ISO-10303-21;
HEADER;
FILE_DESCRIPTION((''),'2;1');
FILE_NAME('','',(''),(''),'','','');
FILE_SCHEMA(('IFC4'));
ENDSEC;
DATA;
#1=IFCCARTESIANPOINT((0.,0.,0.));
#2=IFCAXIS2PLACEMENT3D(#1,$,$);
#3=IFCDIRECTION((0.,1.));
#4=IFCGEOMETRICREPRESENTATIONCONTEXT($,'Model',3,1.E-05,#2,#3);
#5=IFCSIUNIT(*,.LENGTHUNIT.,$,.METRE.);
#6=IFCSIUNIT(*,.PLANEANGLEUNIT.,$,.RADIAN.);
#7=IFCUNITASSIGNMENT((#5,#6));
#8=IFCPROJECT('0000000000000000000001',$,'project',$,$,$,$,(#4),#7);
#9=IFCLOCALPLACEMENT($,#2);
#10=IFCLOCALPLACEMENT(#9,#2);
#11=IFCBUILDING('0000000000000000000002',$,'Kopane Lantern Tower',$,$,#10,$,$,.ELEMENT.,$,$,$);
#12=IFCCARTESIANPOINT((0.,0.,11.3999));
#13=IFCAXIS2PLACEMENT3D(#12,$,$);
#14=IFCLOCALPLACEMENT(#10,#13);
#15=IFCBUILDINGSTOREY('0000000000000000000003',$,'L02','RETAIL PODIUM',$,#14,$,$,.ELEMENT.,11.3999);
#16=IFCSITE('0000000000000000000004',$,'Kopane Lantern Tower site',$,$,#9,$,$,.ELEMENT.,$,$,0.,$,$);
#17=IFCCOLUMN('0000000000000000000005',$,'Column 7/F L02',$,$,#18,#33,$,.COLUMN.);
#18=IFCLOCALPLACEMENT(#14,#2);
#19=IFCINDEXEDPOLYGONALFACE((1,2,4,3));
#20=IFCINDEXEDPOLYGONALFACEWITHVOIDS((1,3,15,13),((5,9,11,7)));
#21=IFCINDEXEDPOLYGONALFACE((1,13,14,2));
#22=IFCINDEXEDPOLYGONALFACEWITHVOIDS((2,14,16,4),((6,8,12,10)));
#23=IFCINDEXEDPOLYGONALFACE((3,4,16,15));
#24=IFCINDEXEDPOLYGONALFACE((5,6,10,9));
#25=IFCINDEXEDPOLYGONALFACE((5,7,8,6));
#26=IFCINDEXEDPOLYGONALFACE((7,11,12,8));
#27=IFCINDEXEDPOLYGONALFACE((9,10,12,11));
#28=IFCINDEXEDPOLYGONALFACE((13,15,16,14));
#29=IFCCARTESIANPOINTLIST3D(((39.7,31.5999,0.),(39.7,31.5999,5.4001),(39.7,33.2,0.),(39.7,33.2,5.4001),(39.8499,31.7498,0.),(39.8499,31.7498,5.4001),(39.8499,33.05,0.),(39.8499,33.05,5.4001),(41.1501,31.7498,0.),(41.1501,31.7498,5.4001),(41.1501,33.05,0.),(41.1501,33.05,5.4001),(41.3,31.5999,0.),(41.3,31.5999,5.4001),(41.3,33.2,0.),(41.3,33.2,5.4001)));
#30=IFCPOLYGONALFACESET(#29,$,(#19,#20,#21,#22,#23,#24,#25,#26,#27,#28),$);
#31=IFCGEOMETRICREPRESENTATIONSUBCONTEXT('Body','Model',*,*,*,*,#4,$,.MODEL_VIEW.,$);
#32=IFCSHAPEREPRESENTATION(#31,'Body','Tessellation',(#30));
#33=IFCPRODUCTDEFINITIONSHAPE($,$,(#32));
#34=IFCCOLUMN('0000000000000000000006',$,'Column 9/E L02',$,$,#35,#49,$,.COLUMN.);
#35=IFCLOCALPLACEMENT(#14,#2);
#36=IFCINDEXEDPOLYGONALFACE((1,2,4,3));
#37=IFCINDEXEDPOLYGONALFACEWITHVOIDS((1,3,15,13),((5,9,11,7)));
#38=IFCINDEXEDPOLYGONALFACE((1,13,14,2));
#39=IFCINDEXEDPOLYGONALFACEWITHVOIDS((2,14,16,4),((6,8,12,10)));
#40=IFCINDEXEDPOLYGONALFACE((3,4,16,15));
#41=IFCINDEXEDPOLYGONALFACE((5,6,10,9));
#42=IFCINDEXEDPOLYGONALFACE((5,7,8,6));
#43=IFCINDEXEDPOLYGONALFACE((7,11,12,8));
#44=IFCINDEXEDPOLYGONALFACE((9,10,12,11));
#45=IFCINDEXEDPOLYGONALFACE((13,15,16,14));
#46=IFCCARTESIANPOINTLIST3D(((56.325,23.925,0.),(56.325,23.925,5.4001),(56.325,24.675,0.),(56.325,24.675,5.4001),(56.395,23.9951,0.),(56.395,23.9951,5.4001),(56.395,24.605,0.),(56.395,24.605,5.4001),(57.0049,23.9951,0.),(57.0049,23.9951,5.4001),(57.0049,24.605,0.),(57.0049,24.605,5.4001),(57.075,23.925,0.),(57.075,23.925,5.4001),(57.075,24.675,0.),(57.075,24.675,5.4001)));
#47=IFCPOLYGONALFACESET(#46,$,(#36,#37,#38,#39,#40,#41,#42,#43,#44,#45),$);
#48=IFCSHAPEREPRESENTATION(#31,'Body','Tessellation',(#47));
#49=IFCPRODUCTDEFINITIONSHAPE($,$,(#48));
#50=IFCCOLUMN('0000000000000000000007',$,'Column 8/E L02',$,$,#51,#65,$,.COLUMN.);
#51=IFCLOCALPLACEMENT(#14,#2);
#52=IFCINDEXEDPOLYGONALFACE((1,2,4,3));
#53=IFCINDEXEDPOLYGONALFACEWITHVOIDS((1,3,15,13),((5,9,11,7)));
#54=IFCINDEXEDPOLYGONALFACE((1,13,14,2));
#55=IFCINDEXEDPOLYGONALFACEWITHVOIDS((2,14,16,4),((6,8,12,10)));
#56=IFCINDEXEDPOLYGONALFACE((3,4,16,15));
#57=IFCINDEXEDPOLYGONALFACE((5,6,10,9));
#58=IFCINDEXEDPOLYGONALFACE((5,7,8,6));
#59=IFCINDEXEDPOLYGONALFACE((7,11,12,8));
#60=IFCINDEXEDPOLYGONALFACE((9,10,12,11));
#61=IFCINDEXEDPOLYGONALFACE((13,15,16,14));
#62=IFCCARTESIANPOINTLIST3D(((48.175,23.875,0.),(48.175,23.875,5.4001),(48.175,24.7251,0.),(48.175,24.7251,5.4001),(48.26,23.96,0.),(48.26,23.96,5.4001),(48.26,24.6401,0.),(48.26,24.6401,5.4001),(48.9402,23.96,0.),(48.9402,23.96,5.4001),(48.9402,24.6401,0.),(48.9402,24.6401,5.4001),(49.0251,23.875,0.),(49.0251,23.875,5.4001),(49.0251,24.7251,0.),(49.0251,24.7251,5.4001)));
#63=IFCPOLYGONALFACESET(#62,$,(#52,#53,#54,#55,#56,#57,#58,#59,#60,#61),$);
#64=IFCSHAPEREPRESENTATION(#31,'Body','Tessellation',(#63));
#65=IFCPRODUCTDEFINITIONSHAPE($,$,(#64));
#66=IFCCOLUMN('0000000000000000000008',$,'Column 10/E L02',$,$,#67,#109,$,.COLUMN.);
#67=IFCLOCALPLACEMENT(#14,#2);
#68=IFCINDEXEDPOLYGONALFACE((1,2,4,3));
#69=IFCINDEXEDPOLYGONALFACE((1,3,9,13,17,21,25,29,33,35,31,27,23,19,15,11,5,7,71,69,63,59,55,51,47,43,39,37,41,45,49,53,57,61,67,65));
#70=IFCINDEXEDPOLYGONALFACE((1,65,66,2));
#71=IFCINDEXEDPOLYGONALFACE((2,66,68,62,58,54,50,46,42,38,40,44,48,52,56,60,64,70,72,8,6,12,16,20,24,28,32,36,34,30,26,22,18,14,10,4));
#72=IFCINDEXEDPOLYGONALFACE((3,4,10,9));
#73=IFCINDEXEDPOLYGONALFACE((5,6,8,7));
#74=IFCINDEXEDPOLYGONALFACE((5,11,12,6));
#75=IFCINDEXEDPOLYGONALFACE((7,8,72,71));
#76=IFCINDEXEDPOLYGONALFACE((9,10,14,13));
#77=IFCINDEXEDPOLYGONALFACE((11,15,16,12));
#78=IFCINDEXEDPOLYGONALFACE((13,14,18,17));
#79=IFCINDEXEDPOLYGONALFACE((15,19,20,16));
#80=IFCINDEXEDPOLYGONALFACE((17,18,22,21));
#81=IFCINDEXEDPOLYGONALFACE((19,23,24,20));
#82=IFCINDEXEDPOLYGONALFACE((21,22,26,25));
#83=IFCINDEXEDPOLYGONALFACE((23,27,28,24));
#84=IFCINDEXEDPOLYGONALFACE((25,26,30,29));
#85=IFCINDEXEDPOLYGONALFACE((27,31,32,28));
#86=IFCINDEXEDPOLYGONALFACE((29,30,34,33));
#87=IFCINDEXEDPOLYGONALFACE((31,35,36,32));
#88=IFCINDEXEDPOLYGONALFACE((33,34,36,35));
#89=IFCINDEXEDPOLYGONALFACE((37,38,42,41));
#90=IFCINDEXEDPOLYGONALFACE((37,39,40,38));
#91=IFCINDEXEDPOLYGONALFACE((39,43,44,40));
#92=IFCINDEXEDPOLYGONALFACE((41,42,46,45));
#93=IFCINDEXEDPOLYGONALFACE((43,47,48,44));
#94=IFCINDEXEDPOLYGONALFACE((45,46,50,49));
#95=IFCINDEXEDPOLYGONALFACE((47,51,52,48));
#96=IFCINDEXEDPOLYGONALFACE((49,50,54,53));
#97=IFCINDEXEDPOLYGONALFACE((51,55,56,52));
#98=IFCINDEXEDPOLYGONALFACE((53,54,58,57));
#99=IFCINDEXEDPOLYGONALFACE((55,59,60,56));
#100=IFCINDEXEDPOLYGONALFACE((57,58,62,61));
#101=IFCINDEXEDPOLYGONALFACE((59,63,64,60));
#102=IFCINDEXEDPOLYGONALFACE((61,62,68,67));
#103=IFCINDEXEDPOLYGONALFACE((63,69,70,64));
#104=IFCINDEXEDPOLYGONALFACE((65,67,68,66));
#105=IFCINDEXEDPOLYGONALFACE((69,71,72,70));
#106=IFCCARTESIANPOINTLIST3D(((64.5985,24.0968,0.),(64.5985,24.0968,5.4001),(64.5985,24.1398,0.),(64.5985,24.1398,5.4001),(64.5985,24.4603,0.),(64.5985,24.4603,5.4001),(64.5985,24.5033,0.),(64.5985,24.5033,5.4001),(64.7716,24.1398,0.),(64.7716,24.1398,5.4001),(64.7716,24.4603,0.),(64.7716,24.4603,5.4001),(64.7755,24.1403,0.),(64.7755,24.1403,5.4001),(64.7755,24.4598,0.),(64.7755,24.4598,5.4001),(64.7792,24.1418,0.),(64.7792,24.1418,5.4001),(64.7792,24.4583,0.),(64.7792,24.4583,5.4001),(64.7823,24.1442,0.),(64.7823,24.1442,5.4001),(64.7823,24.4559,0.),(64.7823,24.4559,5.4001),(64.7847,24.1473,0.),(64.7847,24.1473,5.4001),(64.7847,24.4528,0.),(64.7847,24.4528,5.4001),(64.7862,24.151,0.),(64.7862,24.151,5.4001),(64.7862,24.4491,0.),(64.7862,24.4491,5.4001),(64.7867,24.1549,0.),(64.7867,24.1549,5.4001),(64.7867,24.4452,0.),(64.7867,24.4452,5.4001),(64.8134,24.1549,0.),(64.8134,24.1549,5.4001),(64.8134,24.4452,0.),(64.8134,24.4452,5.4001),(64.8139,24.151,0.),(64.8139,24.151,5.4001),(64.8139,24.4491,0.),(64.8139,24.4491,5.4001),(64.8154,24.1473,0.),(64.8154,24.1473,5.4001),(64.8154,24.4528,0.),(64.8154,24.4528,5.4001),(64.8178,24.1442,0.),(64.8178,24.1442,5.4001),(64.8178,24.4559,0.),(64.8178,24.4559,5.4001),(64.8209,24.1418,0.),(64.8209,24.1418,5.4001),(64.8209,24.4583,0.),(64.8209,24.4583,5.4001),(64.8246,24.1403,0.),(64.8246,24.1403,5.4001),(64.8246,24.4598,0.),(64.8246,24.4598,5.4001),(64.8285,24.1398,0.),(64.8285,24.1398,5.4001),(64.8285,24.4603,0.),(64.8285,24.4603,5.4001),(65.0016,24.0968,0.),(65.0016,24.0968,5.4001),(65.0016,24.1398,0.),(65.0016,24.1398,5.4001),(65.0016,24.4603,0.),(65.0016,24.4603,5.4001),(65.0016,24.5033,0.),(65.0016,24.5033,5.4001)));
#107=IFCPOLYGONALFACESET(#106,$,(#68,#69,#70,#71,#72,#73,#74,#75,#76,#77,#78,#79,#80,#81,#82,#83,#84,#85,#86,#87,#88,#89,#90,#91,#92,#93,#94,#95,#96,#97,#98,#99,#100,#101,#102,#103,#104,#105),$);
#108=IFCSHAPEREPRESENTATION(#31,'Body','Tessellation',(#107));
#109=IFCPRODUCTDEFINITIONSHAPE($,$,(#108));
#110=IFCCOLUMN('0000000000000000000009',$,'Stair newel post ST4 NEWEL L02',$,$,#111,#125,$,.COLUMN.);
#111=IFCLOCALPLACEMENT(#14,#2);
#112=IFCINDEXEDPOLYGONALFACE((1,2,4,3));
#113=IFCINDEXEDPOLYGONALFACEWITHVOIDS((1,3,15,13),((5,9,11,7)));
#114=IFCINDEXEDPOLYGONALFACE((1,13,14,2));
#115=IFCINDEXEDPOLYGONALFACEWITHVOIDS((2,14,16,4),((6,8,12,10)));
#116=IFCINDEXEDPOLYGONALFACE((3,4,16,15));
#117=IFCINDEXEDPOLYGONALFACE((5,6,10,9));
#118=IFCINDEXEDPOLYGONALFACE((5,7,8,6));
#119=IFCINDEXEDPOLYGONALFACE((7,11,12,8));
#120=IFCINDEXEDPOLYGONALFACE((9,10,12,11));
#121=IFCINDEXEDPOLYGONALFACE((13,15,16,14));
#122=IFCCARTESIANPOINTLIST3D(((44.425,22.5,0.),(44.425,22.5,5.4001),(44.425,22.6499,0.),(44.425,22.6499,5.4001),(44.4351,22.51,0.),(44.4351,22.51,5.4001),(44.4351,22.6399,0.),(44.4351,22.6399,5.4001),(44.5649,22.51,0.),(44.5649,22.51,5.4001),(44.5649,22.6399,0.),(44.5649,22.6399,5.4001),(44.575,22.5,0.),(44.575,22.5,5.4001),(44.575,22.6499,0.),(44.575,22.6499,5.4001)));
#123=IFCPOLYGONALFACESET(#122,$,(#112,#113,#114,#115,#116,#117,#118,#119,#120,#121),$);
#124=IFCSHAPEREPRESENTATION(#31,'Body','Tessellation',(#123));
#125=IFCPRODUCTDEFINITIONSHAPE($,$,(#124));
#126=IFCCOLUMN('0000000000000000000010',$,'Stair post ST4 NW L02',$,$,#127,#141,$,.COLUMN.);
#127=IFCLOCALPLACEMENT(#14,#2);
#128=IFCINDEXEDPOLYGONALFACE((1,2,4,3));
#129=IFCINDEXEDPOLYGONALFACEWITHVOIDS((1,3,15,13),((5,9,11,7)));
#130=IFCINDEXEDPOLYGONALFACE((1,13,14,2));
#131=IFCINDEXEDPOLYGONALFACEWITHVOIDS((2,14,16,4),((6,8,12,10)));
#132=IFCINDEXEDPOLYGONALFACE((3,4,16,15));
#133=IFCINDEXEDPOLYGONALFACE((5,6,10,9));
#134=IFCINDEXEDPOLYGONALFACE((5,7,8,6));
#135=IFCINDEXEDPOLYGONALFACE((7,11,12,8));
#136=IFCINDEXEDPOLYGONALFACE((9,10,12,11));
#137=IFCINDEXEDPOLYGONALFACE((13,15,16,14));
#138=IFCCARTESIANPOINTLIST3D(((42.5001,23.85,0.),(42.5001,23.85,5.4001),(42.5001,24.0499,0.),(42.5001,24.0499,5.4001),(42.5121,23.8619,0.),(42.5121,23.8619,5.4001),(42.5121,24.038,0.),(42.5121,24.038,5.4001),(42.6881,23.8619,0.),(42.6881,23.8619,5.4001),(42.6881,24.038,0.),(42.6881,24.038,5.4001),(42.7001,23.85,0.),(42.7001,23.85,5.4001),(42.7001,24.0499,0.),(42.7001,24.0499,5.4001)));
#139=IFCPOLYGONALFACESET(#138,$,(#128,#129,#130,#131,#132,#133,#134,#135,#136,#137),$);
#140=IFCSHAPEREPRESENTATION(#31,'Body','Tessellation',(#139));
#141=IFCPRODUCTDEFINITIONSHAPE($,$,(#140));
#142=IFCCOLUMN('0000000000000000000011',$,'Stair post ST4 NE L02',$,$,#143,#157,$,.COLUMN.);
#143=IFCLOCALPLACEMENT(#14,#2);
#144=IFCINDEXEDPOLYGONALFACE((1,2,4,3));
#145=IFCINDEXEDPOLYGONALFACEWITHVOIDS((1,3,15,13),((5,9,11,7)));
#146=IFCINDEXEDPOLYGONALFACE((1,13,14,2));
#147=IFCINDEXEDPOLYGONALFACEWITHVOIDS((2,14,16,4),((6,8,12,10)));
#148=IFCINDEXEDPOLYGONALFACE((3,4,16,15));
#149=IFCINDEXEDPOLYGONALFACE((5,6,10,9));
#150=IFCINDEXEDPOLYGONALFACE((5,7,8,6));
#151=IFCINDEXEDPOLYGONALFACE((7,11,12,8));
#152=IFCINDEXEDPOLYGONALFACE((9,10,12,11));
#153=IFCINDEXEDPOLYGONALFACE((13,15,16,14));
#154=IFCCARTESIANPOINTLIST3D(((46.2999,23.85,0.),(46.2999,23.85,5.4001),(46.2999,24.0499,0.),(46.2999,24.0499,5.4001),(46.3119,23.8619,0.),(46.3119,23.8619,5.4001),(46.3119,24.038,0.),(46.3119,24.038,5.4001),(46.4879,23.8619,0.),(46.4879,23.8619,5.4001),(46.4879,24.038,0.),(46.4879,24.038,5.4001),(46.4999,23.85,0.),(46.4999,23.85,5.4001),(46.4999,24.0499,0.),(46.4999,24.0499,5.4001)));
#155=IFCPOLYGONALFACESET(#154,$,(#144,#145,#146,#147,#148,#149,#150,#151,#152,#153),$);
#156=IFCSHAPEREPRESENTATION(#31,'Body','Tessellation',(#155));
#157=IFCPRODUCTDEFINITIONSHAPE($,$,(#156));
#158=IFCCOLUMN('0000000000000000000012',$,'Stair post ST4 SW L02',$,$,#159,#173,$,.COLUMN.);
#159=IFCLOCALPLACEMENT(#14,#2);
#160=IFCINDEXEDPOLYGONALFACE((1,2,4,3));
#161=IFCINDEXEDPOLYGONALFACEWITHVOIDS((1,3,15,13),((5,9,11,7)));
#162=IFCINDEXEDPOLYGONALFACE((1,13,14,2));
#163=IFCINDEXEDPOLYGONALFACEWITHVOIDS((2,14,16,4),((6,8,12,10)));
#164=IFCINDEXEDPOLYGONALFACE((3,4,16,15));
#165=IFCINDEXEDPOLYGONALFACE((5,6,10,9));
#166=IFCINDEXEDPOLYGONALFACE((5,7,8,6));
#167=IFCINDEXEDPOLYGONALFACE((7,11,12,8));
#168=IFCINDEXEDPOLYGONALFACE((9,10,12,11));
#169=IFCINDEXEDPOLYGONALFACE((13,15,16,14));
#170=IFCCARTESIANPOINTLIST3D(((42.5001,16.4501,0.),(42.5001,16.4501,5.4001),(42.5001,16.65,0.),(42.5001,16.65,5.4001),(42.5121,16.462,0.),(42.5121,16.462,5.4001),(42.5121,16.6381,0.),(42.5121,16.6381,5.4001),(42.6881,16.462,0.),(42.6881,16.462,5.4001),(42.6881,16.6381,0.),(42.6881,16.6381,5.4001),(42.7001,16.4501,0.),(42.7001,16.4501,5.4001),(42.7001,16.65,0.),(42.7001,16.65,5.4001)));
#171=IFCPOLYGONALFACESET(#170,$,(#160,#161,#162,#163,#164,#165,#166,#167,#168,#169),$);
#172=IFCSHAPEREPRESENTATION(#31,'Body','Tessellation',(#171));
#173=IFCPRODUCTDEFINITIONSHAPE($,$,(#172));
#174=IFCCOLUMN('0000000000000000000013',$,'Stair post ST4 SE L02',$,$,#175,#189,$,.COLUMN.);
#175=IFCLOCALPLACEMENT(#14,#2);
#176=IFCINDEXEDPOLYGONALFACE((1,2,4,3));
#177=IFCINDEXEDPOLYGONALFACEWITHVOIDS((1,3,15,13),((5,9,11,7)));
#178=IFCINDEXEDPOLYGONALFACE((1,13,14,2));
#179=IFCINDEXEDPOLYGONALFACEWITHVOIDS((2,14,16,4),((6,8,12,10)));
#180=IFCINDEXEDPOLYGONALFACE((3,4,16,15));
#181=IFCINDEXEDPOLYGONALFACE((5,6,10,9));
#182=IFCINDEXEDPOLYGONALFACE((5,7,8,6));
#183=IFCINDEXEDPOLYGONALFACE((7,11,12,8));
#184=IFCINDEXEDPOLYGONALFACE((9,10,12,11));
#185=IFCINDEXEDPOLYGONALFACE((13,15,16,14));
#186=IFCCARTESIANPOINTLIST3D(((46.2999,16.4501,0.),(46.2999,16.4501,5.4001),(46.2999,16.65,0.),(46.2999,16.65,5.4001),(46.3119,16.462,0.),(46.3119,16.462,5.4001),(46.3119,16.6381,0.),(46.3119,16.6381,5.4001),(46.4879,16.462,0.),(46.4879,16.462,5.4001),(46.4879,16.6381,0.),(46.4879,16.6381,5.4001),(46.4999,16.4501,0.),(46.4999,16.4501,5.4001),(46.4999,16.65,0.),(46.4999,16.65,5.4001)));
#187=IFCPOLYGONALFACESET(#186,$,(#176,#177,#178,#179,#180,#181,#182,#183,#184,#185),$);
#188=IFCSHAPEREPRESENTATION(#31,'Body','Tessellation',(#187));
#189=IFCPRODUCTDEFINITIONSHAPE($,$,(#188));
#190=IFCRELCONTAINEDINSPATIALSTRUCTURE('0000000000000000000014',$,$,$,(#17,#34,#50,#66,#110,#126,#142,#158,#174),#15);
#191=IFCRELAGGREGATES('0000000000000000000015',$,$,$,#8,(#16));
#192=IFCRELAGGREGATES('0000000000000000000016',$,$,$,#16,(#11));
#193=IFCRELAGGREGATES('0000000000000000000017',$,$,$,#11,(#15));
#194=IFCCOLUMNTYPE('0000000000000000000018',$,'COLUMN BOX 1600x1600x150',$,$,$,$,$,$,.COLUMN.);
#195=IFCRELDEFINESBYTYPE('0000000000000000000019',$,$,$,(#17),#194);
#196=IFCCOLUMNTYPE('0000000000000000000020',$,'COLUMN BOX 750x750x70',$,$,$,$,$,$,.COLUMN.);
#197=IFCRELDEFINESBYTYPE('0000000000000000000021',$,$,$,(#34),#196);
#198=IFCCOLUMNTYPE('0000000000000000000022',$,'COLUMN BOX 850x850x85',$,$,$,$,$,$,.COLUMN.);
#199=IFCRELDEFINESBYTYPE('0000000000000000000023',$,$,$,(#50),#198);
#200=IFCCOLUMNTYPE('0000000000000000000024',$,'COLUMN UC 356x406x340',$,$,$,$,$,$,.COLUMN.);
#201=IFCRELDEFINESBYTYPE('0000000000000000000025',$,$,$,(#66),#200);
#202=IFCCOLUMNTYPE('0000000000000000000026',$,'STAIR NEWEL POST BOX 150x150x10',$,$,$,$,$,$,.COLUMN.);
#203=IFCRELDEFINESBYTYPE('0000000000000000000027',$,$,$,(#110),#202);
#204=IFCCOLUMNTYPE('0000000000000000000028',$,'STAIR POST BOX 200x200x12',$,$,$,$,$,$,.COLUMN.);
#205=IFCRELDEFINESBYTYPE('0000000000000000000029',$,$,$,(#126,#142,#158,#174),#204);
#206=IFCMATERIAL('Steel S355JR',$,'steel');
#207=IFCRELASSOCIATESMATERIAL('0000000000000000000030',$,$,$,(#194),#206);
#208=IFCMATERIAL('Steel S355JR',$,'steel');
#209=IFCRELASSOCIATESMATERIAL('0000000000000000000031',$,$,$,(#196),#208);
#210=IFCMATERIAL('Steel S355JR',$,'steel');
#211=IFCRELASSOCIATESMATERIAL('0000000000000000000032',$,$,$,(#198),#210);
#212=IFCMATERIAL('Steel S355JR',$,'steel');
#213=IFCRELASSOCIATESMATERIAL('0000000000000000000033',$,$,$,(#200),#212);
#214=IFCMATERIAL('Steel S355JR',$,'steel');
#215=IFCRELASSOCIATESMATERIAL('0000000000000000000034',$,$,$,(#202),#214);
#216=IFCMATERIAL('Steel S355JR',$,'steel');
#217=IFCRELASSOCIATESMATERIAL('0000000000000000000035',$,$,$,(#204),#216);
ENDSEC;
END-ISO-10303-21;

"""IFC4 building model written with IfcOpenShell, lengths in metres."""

from ifc_helpers import new_model, si_unit, direction, frame, origin, origin_2d, place, context, subcontext, project, spatial, hollow_rectangle, i_section, extrude, material, material_profile, profile_set, type_object, element, save


model = new_model("IFC4")

# Units and contexts
model_context = context("Model", 3, precision=1e-05, world=origin(), true_north=direction((0.0, 1.0)))
body_context = subcontext(model_context, "Body", "Model", "MODEL_VIEW")
ifc_project = project(units=[si_unit("LENGTHUNIT", "METRE"), si_unit("PLANEANGLEUNIT", "RADIAN")], contexts=[model_context])

# Site, building, storey
site_placement = place(None, origin())
site = spatial("IfcSite", under=ifc_project, at=site_placement, Name="Kopane Lantern Tower site", CompositionType="ELEMENT", RefElevation=0.0)
building_placement = place(site_placement, origin())
building = spatial("IfcBuilding", under=site, at=building_placement, Name="Kopane Lantern Tower", CompositionType="ELEMENT")
storey_placement = place(building_placement, frame((0.0, 0.0, 11.3999)))
storey = spatial("IfcBuildingStorey", under=building, at=storey_placement, Name="L02", Description="RETAIL PODIUM", CompositionType="ELEMENT", Elevation=11.3999)

# Columns
ifc_material_1 = material(Name="Steel S355JR", Category="steel")
ifc_material_profile_1 = material_profile(ifc_material_1, hollow_rectangle(XDim=1.6001, YDim=1.6001, WallThickness=0.1499, at=origin_2d()), Name="BOX 1600x1600x150")
ifc_profile_set_1 = profile_set([ifc_material_profile_1], Name="Steel S355JR")
column_type_1 = type_object("IfcColumnType", Name="COLUMN BOX 1600x1600x150", PredefinedType="COLUMN", material=ifc_profile_set_1)
column_1_placement = place(storey_placement, frame((40.5, 32.3999, 0.0), z_axis=(0.0, 0.0, 1.0), x_axis=(1.0, 0.0, 0.0)))
element("IfcColumn", 1, at=column_1_placement, inside=storey, type_object=column_type_1, Name="Column 7/F L02", PredefinedType="COLUMN", context=body_context, shape_type="SweptSolid", body=[
    extrude(hollow_rectangle(XDim=1.6001, YDim=1.6001, WallThickness=0.1499, at=origin_2d()), origin(), (0.0, 0.0, 1.0), 5.4001),
])
ifc_material_2 = material(Name="Steel S355JR", Category="steel")
ifc_material_profile_2 = material_profile(ifc_material_2, hollow_rectangle(XDim=0.75, YDim=0.75, WallThickness=0.0701, at=origin_2d()), Name="BOX 750x750x70")
ifc_profile_set_2 = profile_set([ifc_material_profile_2], Name="Steel S355JR")
column_type_2 = type_object("IfcColumnType", Name="COLUMN BOX 750x750x70", PredefinedType="COLUMN", material=ifc_profile_set_2)
column_2_placement = place(storey_placement, frame((56.7, 24.3, 0.0), z_axis=(0.0, 0.0, 1.0), x_axis=(1.0, 0.0, 0.0)))
element("IfcColumn", 2, at=column_2_placement, inside=storey, type_object=column_type_2, Name="Column 9/E L02", PredefinedType="COLUMN", context=body_context, shape_type="SweptSolid", body=[
    extrude(hollow_rectangle(XDim=0.75, YDim=0.75, WallThickness=0.0701, at=origin_2d()), origin(), (0.0, 0.0, 1.0), 5.4001),
])
ifc_material_3 = material(Name="Steel S355JR", Category="steel")
ifc_material_profile_3 = material_profile(ifc_material_3, hollow_rectangle(XDim=0.8501, YDim=0.8501, WallThickness=0.085, at=origin_2d()), Name="BOX 850x850x85")
ifc_profile_set_3 = profile_set([ifc_material_profile_3], Name="Steel S355JR")
column_type_3 = type_object("IfcColumnType", Name="COLUMN BOX 850x850x85", PredefinedType="COLUMN", material=ifc_profile_set_3)
column_3_placement = place(storey_placement, frame((48.6001, 24.3, 0.0), z_axis=(0.0, 0.0, 1.0), x_axis=(1.0, 0.0, 0.0)))
element("IfcColumn", 3, at=column_3_placement, inside=storey, type_object=column_type_3, Name="Column 8/E L02", PredefinedType="COLUMN", context=body_context, shape_type="SweptSolid", body=[
    extrude(hollow_rectangle(XDim=0.8501, YDim=0.8501, WallThickness=0.085, at=origin_2d()), origin(), (0.0, 0.0, 1.0), 5.4001),
])
ifc_material_4 = material(Name="Steel S355JR", Category="steel")
ifc_material_profile_4 = material_profile(ifc_material_4, i_section(OverallWidth=0.4031, OverallDepth=0.4065, WebThickness=0.0266, FlangeThickness=0.043, FilletRadius=0.0151, at=origin_2d()), Name="UC 356x406x340")
ifc_profile_set_4 = profile_set([ifc_material_profile_4], Name="Steel S355JR")
column_type_4 = type_object("IfcColumnType", Name="COLUMN UC 356x406x340", PredefinedType="COLUMN", material=ifc_profile_set_4)
column_4_placement = place(storey_placement, frame((64.8, 24.3, 0.0), z_axis=(0.0, 0.0, 1.0), x_axis=(1.0, 0.0, 0.0)))
element("IfcColumn", 4, at=column_4_placement, inside=storey, type_object=column_type_4, Name="Column 10/E L02", PredefinedType="COLUMN", context=body_context, shape_type="SweptSolid", body=[
    extrude(i_section(OverallWidth=0.4031, OverallDepth=0.4065, WebThickness=0.0266, FlangeThickness=0.043, FilletRadius=0.0151, at=origin_2d()), origin(), (0.0, 0.0, 1.0), 5.4001),
])
ifc_material_5 = material(Name="Steel S355JR", Category="steel")
ifc_material_profile_5 = material_profile(ifc_material_5, hollow_rectangle(XDim=0.1499, YDim=0.1499, WallThickness=0.01, at=origin_2d()), Name="BOX 150x150x10")
ifc_profile_set_5 = profile_set([ifc_material_profile_5], Name="Steel S355JR")
column_type_5 = type_object("IfcColumnType", Name="STAIR NEWEL POST BOX 150x150x10", PredefinedType="COLUMN", material=ifc_profile_set_5)
column_5_placement = place(storey_placement, frame((44.5, 22.575, 0.0), z_axis=(0.0, 0.0, 1.0), x_axis=(1.0, 0.0, 0.0)))
element("IfcColumn", 5, at=column_5_placement, inside=storey, type_object=column_type_5, Name="Stair newel post ST4 NEWEL L02", PredefinedType="COLUMN", context=body_context, shape_type="SweptSolid", body=[
    extrude(hollow_rectangle(XDim=0.1499, YDim=0.1499, WallThickness=0.01, at=origin_2d()), origin(), (0.0, 0.0, 1.0), 5.4001),
])
ifc_material_6 = material(Name="Steel S355JR", Category="steel")
ifc_material_profile_6 = material_profile(ifc_material_6, hollow_rectangle(XDim=0.2, YDim=0.2, WallThickness=0.012, at=origin_2d()), Name="BOX 200x200x12")
ifc_profile_set_6 = profile_set([ifc_material_profile_6], Name="Steel S355JR")
column_type_6 = type_object("IfcColumnType", Name="STAIR POST BOX 200x200x12", PredefinedType="COLUMN", material=ifc_profile_set_6)
for number, where, z_axis, x_axis, name in (
    (6, (42.6001, 23.95, 0.0), (0.0, 0.0, 1.0), (1.0, 0.0, 0.0), "Stair post ST4 NW L02"),
    (7, (46.3999, 23.95, 0.0), (0.0, 0.0, 1.0), (1.0, 0.0, 0.0), "Stair post ST4 NE L02"),
    (8, (42.6001, 16.55, 0.0), (0.0, 0.0, 1.0), (1.0, 0.0, 0.0), "Stair post ST4 SW L02"),
    (9, (46.3999, 16.55, 0.0), (0.0, 0.0, 1.0), (1.0, 0.0, 0.0), "Stair post ST4 SE L02"),
):
    element("IfcColumn", number, at=place(storey_placement, frame(where, z_axis=z_axis, x_axis=x_axis)), inside=storey, type_object=column_type_6, Name=name, PredefinedType="COLUMN", context=body_context, shape_type="SweptSolid", body=[
        extrude(hollow_rectangle(XDim=0.2, YDim=0.2, WallThickness=0.012, at=origin_2d()), origin(), (0.0, 0.0, 1.0), 5.4001),
    ])

save(model, "model.ifc")
